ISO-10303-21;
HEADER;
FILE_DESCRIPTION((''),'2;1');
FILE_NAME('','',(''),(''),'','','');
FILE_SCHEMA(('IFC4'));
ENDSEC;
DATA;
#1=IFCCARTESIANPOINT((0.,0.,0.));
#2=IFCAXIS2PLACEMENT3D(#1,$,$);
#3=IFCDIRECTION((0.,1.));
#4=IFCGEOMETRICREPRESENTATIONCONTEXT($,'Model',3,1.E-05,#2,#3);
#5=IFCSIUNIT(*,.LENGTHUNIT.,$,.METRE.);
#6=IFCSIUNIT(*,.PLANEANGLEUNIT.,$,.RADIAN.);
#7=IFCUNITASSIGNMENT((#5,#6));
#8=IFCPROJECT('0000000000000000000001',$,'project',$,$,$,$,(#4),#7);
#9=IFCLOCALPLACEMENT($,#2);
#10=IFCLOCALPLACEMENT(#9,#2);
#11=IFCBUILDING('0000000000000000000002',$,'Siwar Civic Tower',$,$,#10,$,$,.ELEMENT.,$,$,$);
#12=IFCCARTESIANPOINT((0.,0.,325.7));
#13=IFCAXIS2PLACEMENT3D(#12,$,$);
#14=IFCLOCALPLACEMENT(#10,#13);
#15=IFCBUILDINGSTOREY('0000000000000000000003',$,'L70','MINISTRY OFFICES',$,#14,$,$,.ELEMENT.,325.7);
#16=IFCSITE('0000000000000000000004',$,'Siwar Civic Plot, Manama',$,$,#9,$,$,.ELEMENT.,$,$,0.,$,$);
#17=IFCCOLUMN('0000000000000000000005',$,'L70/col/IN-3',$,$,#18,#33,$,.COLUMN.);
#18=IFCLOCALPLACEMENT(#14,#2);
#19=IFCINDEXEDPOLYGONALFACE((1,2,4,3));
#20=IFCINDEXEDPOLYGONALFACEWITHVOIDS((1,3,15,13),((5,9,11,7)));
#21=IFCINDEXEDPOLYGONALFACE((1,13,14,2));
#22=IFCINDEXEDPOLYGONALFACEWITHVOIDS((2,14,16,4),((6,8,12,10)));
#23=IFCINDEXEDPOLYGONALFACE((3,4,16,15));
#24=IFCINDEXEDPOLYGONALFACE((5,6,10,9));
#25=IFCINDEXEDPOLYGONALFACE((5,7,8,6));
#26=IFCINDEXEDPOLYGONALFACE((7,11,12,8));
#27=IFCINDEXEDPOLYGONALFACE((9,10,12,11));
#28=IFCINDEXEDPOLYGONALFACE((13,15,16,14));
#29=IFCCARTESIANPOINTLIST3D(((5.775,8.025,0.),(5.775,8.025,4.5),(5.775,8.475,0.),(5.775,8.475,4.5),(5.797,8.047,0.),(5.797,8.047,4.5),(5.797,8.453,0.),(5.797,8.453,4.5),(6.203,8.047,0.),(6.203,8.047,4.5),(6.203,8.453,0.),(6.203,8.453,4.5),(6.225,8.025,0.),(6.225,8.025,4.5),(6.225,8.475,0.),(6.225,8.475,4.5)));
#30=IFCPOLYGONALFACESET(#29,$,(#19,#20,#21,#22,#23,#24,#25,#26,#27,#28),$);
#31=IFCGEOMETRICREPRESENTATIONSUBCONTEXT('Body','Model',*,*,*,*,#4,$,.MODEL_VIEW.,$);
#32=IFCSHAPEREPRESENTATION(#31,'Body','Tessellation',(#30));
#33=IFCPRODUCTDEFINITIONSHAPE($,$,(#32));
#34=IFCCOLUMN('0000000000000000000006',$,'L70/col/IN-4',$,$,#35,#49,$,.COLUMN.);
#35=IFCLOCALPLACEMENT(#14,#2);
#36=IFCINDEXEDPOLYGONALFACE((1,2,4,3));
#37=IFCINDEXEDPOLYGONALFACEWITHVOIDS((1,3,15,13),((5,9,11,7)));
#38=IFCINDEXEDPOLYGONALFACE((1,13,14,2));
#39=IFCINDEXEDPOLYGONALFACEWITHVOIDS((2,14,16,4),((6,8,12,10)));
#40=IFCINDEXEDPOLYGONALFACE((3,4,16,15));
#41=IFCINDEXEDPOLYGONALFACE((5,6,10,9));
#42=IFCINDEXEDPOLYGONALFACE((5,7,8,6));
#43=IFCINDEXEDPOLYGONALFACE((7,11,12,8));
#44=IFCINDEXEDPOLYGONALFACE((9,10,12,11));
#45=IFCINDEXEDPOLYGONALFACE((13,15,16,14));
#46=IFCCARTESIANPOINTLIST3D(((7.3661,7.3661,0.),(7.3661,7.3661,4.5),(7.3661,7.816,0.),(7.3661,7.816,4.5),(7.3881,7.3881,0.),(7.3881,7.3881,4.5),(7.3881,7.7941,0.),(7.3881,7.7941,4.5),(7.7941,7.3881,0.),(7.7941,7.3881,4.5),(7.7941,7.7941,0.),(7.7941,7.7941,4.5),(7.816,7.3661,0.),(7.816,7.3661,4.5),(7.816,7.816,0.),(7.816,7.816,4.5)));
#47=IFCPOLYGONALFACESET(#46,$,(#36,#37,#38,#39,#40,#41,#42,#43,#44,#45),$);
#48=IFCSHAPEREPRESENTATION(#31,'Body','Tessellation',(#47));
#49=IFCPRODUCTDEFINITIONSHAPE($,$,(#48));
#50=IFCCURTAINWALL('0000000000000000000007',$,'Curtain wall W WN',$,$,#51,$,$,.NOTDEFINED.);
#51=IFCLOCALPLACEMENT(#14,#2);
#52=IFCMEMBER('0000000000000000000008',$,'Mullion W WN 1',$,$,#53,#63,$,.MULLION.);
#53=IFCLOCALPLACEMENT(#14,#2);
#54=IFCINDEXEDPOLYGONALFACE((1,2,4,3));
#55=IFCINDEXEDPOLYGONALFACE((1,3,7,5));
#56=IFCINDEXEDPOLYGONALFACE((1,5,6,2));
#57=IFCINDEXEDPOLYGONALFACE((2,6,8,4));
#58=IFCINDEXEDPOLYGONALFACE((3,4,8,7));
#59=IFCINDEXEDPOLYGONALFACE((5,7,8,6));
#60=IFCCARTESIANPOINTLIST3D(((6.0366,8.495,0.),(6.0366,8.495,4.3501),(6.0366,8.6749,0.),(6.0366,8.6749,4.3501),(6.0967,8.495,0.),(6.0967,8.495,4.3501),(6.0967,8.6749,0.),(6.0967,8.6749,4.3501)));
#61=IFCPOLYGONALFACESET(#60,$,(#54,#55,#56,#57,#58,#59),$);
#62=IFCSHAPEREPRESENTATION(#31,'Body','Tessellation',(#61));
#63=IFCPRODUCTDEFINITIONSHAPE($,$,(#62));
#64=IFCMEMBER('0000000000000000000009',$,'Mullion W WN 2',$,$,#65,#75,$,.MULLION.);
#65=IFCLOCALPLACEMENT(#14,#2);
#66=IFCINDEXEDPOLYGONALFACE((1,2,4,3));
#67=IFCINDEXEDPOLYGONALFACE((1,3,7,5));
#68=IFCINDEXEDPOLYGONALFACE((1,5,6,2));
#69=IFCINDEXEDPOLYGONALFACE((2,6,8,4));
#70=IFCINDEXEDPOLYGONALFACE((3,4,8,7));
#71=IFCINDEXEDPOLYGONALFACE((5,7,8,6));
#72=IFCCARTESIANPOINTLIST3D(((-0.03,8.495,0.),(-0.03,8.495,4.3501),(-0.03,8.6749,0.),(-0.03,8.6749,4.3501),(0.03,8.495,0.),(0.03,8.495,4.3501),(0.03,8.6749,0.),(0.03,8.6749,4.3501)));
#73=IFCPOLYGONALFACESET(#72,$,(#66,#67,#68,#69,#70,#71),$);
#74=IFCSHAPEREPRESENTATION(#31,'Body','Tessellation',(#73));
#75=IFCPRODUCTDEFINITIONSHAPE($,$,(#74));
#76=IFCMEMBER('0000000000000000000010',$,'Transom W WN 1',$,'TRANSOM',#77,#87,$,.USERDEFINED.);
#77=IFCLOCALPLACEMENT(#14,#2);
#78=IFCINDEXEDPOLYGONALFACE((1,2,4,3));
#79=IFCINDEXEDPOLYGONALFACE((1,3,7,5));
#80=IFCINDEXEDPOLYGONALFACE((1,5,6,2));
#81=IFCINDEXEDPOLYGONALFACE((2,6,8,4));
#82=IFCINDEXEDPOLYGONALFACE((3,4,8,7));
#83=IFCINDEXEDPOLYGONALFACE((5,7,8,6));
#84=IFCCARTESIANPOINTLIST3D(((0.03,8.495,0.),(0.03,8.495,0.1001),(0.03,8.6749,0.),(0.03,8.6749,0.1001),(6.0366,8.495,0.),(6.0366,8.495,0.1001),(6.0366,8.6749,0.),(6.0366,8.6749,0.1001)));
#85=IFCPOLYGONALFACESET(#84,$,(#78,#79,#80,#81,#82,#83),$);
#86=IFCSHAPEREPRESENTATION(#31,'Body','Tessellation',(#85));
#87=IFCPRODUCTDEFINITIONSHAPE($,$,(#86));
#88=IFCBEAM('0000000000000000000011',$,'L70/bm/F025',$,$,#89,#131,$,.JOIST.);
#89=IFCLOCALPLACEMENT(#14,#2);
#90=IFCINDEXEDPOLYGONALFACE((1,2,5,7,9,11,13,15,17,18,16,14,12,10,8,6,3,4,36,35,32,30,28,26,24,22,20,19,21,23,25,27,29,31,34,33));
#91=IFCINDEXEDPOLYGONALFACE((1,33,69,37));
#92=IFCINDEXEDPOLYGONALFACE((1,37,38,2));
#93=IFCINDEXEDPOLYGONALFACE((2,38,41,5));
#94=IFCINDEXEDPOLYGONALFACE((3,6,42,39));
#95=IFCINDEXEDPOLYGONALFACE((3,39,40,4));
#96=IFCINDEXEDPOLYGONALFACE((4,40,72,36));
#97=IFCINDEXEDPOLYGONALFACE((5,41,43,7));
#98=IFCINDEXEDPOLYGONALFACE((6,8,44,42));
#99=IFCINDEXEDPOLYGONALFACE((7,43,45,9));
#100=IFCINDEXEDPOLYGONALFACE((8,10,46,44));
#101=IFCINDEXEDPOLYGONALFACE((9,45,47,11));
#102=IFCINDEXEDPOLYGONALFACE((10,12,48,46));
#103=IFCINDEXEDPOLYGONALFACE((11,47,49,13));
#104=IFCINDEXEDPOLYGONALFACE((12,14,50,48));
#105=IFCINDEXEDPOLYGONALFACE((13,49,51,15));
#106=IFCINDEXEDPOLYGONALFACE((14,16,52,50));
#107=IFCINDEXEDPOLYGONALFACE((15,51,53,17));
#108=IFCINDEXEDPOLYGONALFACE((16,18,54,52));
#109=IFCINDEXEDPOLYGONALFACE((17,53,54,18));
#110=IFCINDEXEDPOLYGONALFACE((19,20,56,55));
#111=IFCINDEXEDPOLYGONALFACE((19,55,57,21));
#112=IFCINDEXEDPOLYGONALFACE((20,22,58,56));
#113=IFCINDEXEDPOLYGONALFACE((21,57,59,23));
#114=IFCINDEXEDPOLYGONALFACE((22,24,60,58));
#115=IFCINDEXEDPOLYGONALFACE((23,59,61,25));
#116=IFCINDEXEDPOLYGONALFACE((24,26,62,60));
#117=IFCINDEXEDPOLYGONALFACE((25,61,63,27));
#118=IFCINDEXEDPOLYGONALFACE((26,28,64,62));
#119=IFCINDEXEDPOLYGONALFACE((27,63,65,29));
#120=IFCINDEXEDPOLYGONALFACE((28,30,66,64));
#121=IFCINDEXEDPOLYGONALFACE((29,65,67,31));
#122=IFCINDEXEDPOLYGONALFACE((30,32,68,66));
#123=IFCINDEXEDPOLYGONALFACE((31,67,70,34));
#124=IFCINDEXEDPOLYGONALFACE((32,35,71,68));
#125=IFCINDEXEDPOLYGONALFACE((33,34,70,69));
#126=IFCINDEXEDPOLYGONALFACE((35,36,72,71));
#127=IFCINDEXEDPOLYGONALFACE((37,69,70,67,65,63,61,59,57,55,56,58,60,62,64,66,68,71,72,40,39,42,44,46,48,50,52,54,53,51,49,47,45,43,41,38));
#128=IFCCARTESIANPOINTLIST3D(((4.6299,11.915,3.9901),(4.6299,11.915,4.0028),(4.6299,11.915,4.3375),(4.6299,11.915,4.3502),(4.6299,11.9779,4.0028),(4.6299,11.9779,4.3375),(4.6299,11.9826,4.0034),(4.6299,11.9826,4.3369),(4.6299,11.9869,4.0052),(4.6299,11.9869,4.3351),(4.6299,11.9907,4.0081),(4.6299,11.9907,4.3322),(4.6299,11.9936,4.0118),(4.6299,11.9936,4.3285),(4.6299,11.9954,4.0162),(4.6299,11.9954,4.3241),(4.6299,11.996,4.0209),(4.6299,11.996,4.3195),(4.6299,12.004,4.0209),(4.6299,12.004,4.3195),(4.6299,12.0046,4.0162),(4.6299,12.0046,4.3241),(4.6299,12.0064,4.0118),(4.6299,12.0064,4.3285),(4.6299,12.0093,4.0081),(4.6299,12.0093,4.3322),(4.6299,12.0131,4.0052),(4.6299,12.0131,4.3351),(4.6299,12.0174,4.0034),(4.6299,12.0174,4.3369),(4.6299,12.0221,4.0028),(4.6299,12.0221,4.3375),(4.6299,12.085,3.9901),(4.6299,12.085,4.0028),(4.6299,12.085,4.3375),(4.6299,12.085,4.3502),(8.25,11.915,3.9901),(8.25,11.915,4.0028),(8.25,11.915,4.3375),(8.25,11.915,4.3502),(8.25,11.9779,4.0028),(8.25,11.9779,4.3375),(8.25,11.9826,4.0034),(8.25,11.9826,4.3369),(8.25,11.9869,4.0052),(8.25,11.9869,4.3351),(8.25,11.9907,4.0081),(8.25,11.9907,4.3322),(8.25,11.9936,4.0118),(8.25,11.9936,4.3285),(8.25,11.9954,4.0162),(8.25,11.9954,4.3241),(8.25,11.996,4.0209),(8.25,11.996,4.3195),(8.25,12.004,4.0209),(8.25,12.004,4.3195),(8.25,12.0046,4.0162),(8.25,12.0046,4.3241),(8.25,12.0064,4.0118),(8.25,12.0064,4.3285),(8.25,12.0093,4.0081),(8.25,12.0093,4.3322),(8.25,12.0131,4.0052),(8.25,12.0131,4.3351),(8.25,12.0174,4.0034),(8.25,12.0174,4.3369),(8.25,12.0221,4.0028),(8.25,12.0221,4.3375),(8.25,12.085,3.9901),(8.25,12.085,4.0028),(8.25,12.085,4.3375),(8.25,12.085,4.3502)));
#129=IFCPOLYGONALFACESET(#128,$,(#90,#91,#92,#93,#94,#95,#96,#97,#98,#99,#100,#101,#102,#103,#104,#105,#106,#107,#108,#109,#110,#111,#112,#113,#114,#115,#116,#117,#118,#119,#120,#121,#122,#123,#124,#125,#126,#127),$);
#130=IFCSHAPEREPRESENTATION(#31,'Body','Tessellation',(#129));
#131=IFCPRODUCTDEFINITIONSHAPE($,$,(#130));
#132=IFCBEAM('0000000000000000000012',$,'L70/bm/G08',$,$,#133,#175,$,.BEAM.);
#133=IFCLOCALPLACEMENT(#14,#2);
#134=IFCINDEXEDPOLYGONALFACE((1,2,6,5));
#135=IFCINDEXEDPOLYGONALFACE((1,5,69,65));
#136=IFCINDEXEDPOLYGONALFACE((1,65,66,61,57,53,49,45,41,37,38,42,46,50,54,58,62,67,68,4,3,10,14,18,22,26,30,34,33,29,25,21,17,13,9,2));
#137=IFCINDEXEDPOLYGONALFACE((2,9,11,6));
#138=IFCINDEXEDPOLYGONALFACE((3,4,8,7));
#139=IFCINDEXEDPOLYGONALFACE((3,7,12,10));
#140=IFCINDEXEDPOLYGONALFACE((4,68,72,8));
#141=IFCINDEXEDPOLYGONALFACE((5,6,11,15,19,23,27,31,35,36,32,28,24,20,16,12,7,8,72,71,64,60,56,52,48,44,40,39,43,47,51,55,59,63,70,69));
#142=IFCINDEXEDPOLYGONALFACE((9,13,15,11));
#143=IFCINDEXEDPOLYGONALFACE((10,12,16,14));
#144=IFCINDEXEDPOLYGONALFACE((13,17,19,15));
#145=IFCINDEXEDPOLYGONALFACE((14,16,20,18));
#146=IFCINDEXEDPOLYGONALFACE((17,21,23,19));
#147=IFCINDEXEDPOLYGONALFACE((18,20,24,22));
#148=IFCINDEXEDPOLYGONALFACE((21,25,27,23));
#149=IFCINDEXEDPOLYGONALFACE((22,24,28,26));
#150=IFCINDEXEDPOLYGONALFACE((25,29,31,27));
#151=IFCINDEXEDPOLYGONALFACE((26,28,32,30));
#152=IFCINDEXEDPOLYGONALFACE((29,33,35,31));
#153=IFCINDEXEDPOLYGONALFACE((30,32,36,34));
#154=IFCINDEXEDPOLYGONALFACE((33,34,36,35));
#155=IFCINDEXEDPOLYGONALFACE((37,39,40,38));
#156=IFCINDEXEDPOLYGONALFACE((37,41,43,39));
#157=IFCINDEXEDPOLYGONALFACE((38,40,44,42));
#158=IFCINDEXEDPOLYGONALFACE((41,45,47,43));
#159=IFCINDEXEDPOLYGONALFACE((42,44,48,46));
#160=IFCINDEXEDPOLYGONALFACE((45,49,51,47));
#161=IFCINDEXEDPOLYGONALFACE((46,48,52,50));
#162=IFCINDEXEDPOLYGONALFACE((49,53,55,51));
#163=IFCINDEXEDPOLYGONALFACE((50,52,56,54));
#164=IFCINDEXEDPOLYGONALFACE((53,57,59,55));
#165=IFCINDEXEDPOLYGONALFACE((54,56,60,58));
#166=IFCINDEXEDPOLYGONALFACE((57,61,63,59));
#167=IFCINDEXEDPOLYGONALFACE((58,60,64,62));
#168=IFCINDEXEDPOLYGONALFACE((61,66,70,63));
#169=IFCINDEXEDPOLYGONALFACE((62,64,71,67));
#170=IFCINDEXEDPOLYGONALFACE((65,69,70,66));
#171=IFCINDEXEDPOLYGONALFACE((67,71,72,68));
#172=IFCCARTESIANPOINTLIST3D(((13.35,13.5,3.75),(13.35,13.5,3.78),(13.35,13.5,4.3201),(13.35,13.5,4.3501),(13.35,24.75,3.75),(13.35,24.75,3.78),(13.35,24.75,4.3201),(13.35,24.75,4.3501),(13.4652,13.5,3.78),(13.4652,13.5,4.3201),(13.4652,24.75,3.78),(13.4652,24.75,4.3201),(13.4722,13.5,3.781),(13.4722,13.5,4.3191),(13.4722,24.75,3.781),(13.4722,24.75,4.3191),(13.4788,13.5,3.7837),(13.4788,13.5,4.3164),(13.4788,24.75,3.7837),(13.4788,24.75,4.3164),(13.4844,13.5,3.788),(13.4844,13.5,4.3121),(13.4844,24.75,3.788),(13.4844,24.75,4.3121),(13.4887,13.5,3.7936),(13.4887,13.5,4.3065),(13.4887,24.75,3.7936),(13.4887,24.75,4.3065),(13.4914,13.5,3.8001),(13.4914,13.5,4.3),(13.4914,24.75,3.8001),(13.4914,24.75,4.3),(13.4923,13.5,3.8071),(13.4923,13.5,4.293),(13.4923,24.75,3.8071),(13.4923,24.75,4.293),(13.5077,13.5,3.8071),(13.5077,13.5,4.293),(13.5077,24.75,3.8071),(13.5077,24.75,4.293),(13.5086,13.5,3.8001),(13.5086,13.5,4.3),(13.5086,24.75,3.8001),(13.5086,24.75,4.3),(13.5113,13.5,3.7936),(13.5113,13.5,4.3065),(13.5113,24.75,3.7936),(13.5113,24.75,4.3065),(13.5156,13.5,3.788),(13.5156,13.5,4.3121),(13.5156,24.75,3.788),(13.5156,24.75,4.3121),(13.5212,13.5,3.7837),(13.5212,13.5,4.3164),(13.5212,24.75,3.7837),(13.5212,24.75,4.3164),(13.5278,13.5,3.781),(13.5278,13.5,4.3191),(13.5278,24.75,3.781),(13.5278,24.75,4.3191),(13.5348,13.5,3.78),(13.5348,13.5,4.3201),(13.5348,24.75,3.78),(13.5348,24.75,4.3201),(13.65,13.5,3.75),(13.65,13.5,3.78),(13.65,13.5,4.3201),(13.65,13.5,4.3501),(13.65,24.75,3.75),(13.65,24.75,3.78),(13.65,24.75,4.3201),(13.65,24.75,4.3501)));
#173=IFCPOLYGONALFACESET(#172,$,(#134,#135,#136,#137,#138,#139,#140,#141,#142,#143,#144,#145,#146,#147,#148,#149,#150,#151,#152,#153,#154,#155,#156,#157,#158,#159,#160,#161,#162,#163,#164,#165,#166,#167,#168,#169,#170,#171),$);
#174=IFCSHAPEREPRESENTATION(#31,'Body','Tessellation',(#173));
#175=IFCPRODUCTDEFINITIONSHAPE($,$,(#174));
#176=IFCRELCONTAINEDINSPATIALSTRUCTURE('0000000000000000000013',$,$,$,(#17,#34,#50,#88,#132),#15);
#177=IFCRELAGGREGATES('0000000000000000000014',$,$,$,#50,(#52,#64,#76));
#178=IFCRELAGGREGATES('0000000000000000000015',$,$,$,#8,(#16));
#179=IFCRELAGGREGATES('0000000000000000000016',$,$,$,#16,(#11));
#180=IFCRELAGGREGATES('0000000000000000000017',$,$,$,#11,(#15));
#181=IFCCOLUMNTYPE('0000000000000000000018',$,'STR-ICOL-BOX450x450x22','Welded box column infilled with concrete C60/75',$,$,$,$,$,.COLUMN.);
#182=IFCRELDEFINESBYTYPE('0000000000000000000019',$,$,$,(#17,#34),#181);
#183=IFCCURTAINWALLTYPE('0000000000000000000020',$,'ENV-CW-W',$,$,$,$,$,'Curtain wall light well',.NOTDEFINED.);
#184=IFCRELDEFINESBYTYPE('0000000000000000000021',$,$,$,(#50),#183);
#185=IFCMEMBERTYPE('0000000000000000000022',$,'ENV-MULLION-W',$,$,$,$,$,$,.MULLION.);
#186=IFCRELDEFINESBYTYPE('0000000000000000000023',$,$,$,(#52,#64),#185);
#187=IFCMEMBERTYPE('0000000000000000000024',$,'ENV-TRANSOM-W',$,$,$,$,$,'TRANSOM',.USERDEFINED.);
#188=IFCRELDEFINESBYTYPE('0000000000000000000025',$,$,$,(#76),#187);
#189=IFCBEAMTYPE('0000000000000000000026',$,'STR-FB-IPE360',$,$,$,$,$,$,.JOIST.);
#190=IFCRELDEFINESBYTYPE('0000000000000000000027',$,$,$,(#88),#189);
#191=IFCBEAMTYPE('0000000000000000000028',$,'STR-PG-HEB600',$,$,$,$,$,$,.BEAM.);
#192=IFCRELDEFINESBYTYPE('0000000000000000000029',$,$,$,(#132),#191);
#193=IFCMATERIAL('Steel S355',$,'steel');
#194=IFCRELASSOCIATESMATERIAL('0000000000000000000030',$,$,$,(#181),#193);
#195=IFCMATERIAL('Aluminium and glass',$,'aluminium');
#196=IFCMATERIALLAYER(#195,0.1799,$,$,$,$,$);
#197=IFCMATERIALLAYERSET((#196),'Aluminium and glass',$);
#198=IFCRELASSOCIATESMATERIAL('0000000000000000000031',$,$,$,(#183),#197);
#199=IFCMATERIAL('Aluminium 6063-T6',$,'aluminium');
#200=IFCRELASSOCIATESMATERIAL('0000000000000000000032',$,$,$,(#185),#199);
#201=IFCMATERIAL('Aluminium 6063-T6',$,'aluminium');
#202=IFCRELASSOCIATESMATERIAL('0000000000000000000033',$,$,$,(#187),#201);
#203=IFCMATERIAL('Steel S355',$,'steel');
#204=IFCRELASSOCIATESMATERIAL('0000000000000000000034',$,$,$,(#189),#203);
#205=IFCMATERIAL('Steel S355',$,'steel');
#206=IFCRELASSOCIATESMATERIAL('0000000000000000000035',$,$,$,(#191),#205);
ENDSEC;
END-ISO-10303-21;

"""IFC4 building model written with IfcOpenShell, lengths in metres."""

from ifc_helpers import new_model, si_unit, direction, frame, origin, origin_2d, place, context, subcontext, project, spatial, rectangle, hollow_rectangle, i_section, extrude, material, layer, layer_set, material_profile, profile_set, type_object, element, aggregate, save


model = new_model("IFC4")

# Units and contexts
model_context = context("Model", 3, precision=1e-05, world=origin(), true_north=direction((0.0, 1.0)))
body_context = subcontext(model_context, "Body", "Model", "MODEL_VIEW")
ifc_project = project(units=[si_unit("LENGTHUNIT", "METRE"), si_unit("PLANEANGLEUNIT", "RADIAN")], contexts=[model_context])

# Site, building, storey
site_placement = place(None, origin())
site = spatial("IfcSite", under=ifc_project, at=site_placement, Name="Siwar Civic Plot, Manama", CompositionType="ELEMENT", RefElevation=0.0)
building_placement = place(site_placement, origin())
building = spatial("IfcBuilding", under=site, at=building_placement, Name="Siwar Civic Tower", CompositionType="ELEMENT")
storey_placement = place(building_placement, frame((0.0, 0.0, 325.7)))
storey = spatial("IfcBuildingStorey", under=building, at=storey_placement, Name="L70", Description="MINISTRY OFFICES", CompositionType="ELEMENT", Elevation=325.7)

# Columns
ifc_material_1 = material(Name="Steel S355", Category="steel")
ifc_material_profile_1 = material_profile(ifc_material_1, hollow_rectangle(XDim=0.45, YDim=0.45, WallThickness=0.022, at=origin_2d()), Name="BOX450x450x22")
ifc_profile_set_1 = profile_set([ifc_material_profile_1], Name="Steel S355")
column_type = type_object("IfcColumnType", Name="STR-ICOL-BOX450x450x22", Description="Welded box column infilled with concrete C60/75", PredefinedType="COLUMN", material=ifc_profile_set_1)
for number, where, z_axis, x_axis, name in (
    (1, (6.0, 8.25, 0.0), (0.0, 0.0, 1.0), (1.0, 0.0, 0.0), "L70/col/IN-3"),
    (2, (7.5911, 7.5911, 0.0), (0.0, 0.0, 1.0), (1.0, 0.0, 0.0), "L70/col/IN-4"),
):
    element("IfcColumn", number, at=place(storey_placement, frame(where, z_axis=z_axis, x_axis=x_axis)), inside=storey, type_object=column_type, Name=name, PredefinedType="COLUMN", context=body_context, shape_type="SweptSolid", body=[
        extrude(hollow_rectangle(XDim=0.45, YDim=0.45, WallThickness=0.022, at=origin_2d()), origin(), (0.0, 0.0, 1.0), 4.5),
    ])

# Curtain wall, members
ifc_material_2 = material(Name="Aluminium and glass", Category="aluminium")
ifc_layer_1 = layer(ifc_material_2, 0.1799)
ifc_layer_set_1 = layer_set([ifc_layer_1], Name="Aluminium and glass")
curtain_wall_type = type_object("IfcCurtainWallType", Name="ENV-CW-W", ElementType="Curtain wall light well", PredefinedType="NOTDEFINED", material=ifc_layer_set_1)
curtain_wall_placement = place(storey_placement, origin())
curtain_wall = element("IfcCurtainWall", 3, at=curtain_wall_placement, inside=storey, type_object=curtain_wall_type, Name="Curtain wall W WN", PredefinedType="NOTDEFINED")
ifc_material_3 = material(Name="Aluminium 6063-T6", Category="aluminium")
ifc_material_profile_2 = material_profile(ifc_material_3, rectangle(XDim=0.1799, YDim=0.0601, at=origin_2d()), Name="AL 180x60")
ifc_profile_set_2 = profile_set([ifc_material_profile_2], Name="Aluminium 6063-T6")
member_type_1 = type_object("IfcMemberType", Name="ENV-MULLION-W", PredefinedType="MULLION", material=ifc_profile_set_2)
member_1_placement = place(storey_placement, frame((6.0667, 8.585, 0.0), z_axis=(0.0, 0.0, 1.0), x_axis=(0.0, -1.0, 0.0)))
member_1 = element("IfcMember", 4, at=member_1_placement, type_object=member_type_1, Name="Mullion W WN 1", PredefinedType="MULLION", context=body_context, shape_type="SweptSolid", body=[
    extrude(rectangle(XDim=0.1799, YDim=0.0601, at=origin_2d()), origin(), (0.0, 0.0, 1.0), 4.3501),
])
member_2_placement = place(storey_placement, frame((0.0, 8.585, 0.0), z_axis=(0.0, 0.0, 1.0), x_axis=(0.0, -1.0, 0.0)))
member_2 = element("IfcMember", 5, at=member_2_placement, type_object=member_type_1, Name="Mullion W WN 2", PredefinedType="MULLION", context=body_context, shape_type="SweptSolid", body=[
    extrude(rectangle(XDim=0.1799, YDim=0.0601, at=origin_2d()), origin(), (0.0, 0.0, 1.0), 4.3501),
])
ifc_material_4 = material(Name="Aluminium 6063-T6", Category="aluminium")
ifc_material_profile_3 = material_profile(ifc_material_4, rectangle(XDim=0.1799, YDim=0.1001, at=origin_2d()), Name="AL 180x100")
ifc_profile_set_3 = profile_set([ifc_material_profile_3], Name="Aluminium 6063-T6")
member_type_2 = type_object("IfcMemberType", Name="ENV-TRANSOM-W", ElementType="TRANSOM", PredefinedType="USERDEFINED", material=ifc_profile_set_3)
member_3_placement = place(storey_placement, frame((6.0366, 8.585, 0.05), z_axis=(-1.0, 0.0, 0.0), x_axis=(0.0, -1.0, 0.0)))
member_3 = element("IfcMember", 6, at=member_3_placement, type_object=member_type_2, Name="Transom W WN 1", ObjectType="TRANSOM", PredefinedType="USERDEFINED", context=body_context, shape_type="SweptSolid", body=[
    extrude(rectangle(XDim=0.1799, YDim=0.1001, at=origin_2d()), origin(), (0.0, 0.0, 1.0), 6.0066),
])

# Beams
ifc_material_5 = material(Name="Steel S355", Category="steel")
ifc_material_profile_4 = material_profile(ifc_material_5, i_section(OverallWidth=0.1699, OverallDepth=0.3601, WebThickness=0.0081, FlangeThickness=0.0127, FilletRadius=0.0181, at=origin_2d()), Name="IPE360")
ifc_profile_set_4 = profile_set([ifc_material_profile_4], Name="Steel S355")
beam_type_1 = type_object("IfcBeamType", Name="STR-FB-IPE360", PredefinedType="JOIST", material=ifc_profile_set_4)
beam_1_placement = place(storey_placement, frame((4.6299, 12.0, 4.1702), z_axis=(1.0, 0.0, 0.0), x_axis=(0.0, 1.0, 0.0)))
element("IfcBeam", 7, at=beam_1_placement, inside=storey, type_object=beam_type_1, Name="L70/bm/F025", PredefinedType="JOIST", context=body_context, shape_type="SweptSolid", body=[
    extrude(i_section(OverallWidth=0.1699, OverallDepth=0.3601, WebThickness=0.0081, FlangeThickness=0.0127, FilletRadius=0.0181, at=origin_2d()), origin(), (0.0, 0.0, 1.0), 3.6201),
])
ifc_material_6 = material(Name="Steel S355", Category="steel")
ifc_material_profile_5 = material_profile(ifc_material_6, i_section(OverallWidth=0.3, OverallDepth=0.6001, WebThickness=0.0154, FlangeThickness=0.03, FilletRadius=0.0271, at=origin_2d()), Name="HEB600")
ifc_profile_set_5 = profile_set([ifc_material_profile_5], Name="Steel S355")
beam_type_2 = type_object("IfcBeamType", Name="STR-PG-HEB600", PredefinedType="BEAM", material=ifc_profile_set_5)
beam_2_placement = place(storey_placement, frame((13.5, 13.5, 4.05), z_axis=(0.0, 1.0, 0.0), x_axis=(-1.0, 0.0, 0.0)))
element("IfcBeam", 8, at=beam_2_placement, inside=storey, type_object=beam_type_2, Name="L70/bm/G08", PredefinedType="BEAM", context=body_context, shape_type="SweptSolid", body=[
    extrude(i_section(OverallWidth=0.3, OverallDepth=0.6001, WebThickness=0.0154, FlangeThickness=0.03, FilletRadius=0.0271, at=origin_2d()), origin(), (0.0, 0.0, 1.0), 11.25),
])

aggregate(curtain_wall, [member_1, member_2, member_3])

save(model, "model.ifc")
